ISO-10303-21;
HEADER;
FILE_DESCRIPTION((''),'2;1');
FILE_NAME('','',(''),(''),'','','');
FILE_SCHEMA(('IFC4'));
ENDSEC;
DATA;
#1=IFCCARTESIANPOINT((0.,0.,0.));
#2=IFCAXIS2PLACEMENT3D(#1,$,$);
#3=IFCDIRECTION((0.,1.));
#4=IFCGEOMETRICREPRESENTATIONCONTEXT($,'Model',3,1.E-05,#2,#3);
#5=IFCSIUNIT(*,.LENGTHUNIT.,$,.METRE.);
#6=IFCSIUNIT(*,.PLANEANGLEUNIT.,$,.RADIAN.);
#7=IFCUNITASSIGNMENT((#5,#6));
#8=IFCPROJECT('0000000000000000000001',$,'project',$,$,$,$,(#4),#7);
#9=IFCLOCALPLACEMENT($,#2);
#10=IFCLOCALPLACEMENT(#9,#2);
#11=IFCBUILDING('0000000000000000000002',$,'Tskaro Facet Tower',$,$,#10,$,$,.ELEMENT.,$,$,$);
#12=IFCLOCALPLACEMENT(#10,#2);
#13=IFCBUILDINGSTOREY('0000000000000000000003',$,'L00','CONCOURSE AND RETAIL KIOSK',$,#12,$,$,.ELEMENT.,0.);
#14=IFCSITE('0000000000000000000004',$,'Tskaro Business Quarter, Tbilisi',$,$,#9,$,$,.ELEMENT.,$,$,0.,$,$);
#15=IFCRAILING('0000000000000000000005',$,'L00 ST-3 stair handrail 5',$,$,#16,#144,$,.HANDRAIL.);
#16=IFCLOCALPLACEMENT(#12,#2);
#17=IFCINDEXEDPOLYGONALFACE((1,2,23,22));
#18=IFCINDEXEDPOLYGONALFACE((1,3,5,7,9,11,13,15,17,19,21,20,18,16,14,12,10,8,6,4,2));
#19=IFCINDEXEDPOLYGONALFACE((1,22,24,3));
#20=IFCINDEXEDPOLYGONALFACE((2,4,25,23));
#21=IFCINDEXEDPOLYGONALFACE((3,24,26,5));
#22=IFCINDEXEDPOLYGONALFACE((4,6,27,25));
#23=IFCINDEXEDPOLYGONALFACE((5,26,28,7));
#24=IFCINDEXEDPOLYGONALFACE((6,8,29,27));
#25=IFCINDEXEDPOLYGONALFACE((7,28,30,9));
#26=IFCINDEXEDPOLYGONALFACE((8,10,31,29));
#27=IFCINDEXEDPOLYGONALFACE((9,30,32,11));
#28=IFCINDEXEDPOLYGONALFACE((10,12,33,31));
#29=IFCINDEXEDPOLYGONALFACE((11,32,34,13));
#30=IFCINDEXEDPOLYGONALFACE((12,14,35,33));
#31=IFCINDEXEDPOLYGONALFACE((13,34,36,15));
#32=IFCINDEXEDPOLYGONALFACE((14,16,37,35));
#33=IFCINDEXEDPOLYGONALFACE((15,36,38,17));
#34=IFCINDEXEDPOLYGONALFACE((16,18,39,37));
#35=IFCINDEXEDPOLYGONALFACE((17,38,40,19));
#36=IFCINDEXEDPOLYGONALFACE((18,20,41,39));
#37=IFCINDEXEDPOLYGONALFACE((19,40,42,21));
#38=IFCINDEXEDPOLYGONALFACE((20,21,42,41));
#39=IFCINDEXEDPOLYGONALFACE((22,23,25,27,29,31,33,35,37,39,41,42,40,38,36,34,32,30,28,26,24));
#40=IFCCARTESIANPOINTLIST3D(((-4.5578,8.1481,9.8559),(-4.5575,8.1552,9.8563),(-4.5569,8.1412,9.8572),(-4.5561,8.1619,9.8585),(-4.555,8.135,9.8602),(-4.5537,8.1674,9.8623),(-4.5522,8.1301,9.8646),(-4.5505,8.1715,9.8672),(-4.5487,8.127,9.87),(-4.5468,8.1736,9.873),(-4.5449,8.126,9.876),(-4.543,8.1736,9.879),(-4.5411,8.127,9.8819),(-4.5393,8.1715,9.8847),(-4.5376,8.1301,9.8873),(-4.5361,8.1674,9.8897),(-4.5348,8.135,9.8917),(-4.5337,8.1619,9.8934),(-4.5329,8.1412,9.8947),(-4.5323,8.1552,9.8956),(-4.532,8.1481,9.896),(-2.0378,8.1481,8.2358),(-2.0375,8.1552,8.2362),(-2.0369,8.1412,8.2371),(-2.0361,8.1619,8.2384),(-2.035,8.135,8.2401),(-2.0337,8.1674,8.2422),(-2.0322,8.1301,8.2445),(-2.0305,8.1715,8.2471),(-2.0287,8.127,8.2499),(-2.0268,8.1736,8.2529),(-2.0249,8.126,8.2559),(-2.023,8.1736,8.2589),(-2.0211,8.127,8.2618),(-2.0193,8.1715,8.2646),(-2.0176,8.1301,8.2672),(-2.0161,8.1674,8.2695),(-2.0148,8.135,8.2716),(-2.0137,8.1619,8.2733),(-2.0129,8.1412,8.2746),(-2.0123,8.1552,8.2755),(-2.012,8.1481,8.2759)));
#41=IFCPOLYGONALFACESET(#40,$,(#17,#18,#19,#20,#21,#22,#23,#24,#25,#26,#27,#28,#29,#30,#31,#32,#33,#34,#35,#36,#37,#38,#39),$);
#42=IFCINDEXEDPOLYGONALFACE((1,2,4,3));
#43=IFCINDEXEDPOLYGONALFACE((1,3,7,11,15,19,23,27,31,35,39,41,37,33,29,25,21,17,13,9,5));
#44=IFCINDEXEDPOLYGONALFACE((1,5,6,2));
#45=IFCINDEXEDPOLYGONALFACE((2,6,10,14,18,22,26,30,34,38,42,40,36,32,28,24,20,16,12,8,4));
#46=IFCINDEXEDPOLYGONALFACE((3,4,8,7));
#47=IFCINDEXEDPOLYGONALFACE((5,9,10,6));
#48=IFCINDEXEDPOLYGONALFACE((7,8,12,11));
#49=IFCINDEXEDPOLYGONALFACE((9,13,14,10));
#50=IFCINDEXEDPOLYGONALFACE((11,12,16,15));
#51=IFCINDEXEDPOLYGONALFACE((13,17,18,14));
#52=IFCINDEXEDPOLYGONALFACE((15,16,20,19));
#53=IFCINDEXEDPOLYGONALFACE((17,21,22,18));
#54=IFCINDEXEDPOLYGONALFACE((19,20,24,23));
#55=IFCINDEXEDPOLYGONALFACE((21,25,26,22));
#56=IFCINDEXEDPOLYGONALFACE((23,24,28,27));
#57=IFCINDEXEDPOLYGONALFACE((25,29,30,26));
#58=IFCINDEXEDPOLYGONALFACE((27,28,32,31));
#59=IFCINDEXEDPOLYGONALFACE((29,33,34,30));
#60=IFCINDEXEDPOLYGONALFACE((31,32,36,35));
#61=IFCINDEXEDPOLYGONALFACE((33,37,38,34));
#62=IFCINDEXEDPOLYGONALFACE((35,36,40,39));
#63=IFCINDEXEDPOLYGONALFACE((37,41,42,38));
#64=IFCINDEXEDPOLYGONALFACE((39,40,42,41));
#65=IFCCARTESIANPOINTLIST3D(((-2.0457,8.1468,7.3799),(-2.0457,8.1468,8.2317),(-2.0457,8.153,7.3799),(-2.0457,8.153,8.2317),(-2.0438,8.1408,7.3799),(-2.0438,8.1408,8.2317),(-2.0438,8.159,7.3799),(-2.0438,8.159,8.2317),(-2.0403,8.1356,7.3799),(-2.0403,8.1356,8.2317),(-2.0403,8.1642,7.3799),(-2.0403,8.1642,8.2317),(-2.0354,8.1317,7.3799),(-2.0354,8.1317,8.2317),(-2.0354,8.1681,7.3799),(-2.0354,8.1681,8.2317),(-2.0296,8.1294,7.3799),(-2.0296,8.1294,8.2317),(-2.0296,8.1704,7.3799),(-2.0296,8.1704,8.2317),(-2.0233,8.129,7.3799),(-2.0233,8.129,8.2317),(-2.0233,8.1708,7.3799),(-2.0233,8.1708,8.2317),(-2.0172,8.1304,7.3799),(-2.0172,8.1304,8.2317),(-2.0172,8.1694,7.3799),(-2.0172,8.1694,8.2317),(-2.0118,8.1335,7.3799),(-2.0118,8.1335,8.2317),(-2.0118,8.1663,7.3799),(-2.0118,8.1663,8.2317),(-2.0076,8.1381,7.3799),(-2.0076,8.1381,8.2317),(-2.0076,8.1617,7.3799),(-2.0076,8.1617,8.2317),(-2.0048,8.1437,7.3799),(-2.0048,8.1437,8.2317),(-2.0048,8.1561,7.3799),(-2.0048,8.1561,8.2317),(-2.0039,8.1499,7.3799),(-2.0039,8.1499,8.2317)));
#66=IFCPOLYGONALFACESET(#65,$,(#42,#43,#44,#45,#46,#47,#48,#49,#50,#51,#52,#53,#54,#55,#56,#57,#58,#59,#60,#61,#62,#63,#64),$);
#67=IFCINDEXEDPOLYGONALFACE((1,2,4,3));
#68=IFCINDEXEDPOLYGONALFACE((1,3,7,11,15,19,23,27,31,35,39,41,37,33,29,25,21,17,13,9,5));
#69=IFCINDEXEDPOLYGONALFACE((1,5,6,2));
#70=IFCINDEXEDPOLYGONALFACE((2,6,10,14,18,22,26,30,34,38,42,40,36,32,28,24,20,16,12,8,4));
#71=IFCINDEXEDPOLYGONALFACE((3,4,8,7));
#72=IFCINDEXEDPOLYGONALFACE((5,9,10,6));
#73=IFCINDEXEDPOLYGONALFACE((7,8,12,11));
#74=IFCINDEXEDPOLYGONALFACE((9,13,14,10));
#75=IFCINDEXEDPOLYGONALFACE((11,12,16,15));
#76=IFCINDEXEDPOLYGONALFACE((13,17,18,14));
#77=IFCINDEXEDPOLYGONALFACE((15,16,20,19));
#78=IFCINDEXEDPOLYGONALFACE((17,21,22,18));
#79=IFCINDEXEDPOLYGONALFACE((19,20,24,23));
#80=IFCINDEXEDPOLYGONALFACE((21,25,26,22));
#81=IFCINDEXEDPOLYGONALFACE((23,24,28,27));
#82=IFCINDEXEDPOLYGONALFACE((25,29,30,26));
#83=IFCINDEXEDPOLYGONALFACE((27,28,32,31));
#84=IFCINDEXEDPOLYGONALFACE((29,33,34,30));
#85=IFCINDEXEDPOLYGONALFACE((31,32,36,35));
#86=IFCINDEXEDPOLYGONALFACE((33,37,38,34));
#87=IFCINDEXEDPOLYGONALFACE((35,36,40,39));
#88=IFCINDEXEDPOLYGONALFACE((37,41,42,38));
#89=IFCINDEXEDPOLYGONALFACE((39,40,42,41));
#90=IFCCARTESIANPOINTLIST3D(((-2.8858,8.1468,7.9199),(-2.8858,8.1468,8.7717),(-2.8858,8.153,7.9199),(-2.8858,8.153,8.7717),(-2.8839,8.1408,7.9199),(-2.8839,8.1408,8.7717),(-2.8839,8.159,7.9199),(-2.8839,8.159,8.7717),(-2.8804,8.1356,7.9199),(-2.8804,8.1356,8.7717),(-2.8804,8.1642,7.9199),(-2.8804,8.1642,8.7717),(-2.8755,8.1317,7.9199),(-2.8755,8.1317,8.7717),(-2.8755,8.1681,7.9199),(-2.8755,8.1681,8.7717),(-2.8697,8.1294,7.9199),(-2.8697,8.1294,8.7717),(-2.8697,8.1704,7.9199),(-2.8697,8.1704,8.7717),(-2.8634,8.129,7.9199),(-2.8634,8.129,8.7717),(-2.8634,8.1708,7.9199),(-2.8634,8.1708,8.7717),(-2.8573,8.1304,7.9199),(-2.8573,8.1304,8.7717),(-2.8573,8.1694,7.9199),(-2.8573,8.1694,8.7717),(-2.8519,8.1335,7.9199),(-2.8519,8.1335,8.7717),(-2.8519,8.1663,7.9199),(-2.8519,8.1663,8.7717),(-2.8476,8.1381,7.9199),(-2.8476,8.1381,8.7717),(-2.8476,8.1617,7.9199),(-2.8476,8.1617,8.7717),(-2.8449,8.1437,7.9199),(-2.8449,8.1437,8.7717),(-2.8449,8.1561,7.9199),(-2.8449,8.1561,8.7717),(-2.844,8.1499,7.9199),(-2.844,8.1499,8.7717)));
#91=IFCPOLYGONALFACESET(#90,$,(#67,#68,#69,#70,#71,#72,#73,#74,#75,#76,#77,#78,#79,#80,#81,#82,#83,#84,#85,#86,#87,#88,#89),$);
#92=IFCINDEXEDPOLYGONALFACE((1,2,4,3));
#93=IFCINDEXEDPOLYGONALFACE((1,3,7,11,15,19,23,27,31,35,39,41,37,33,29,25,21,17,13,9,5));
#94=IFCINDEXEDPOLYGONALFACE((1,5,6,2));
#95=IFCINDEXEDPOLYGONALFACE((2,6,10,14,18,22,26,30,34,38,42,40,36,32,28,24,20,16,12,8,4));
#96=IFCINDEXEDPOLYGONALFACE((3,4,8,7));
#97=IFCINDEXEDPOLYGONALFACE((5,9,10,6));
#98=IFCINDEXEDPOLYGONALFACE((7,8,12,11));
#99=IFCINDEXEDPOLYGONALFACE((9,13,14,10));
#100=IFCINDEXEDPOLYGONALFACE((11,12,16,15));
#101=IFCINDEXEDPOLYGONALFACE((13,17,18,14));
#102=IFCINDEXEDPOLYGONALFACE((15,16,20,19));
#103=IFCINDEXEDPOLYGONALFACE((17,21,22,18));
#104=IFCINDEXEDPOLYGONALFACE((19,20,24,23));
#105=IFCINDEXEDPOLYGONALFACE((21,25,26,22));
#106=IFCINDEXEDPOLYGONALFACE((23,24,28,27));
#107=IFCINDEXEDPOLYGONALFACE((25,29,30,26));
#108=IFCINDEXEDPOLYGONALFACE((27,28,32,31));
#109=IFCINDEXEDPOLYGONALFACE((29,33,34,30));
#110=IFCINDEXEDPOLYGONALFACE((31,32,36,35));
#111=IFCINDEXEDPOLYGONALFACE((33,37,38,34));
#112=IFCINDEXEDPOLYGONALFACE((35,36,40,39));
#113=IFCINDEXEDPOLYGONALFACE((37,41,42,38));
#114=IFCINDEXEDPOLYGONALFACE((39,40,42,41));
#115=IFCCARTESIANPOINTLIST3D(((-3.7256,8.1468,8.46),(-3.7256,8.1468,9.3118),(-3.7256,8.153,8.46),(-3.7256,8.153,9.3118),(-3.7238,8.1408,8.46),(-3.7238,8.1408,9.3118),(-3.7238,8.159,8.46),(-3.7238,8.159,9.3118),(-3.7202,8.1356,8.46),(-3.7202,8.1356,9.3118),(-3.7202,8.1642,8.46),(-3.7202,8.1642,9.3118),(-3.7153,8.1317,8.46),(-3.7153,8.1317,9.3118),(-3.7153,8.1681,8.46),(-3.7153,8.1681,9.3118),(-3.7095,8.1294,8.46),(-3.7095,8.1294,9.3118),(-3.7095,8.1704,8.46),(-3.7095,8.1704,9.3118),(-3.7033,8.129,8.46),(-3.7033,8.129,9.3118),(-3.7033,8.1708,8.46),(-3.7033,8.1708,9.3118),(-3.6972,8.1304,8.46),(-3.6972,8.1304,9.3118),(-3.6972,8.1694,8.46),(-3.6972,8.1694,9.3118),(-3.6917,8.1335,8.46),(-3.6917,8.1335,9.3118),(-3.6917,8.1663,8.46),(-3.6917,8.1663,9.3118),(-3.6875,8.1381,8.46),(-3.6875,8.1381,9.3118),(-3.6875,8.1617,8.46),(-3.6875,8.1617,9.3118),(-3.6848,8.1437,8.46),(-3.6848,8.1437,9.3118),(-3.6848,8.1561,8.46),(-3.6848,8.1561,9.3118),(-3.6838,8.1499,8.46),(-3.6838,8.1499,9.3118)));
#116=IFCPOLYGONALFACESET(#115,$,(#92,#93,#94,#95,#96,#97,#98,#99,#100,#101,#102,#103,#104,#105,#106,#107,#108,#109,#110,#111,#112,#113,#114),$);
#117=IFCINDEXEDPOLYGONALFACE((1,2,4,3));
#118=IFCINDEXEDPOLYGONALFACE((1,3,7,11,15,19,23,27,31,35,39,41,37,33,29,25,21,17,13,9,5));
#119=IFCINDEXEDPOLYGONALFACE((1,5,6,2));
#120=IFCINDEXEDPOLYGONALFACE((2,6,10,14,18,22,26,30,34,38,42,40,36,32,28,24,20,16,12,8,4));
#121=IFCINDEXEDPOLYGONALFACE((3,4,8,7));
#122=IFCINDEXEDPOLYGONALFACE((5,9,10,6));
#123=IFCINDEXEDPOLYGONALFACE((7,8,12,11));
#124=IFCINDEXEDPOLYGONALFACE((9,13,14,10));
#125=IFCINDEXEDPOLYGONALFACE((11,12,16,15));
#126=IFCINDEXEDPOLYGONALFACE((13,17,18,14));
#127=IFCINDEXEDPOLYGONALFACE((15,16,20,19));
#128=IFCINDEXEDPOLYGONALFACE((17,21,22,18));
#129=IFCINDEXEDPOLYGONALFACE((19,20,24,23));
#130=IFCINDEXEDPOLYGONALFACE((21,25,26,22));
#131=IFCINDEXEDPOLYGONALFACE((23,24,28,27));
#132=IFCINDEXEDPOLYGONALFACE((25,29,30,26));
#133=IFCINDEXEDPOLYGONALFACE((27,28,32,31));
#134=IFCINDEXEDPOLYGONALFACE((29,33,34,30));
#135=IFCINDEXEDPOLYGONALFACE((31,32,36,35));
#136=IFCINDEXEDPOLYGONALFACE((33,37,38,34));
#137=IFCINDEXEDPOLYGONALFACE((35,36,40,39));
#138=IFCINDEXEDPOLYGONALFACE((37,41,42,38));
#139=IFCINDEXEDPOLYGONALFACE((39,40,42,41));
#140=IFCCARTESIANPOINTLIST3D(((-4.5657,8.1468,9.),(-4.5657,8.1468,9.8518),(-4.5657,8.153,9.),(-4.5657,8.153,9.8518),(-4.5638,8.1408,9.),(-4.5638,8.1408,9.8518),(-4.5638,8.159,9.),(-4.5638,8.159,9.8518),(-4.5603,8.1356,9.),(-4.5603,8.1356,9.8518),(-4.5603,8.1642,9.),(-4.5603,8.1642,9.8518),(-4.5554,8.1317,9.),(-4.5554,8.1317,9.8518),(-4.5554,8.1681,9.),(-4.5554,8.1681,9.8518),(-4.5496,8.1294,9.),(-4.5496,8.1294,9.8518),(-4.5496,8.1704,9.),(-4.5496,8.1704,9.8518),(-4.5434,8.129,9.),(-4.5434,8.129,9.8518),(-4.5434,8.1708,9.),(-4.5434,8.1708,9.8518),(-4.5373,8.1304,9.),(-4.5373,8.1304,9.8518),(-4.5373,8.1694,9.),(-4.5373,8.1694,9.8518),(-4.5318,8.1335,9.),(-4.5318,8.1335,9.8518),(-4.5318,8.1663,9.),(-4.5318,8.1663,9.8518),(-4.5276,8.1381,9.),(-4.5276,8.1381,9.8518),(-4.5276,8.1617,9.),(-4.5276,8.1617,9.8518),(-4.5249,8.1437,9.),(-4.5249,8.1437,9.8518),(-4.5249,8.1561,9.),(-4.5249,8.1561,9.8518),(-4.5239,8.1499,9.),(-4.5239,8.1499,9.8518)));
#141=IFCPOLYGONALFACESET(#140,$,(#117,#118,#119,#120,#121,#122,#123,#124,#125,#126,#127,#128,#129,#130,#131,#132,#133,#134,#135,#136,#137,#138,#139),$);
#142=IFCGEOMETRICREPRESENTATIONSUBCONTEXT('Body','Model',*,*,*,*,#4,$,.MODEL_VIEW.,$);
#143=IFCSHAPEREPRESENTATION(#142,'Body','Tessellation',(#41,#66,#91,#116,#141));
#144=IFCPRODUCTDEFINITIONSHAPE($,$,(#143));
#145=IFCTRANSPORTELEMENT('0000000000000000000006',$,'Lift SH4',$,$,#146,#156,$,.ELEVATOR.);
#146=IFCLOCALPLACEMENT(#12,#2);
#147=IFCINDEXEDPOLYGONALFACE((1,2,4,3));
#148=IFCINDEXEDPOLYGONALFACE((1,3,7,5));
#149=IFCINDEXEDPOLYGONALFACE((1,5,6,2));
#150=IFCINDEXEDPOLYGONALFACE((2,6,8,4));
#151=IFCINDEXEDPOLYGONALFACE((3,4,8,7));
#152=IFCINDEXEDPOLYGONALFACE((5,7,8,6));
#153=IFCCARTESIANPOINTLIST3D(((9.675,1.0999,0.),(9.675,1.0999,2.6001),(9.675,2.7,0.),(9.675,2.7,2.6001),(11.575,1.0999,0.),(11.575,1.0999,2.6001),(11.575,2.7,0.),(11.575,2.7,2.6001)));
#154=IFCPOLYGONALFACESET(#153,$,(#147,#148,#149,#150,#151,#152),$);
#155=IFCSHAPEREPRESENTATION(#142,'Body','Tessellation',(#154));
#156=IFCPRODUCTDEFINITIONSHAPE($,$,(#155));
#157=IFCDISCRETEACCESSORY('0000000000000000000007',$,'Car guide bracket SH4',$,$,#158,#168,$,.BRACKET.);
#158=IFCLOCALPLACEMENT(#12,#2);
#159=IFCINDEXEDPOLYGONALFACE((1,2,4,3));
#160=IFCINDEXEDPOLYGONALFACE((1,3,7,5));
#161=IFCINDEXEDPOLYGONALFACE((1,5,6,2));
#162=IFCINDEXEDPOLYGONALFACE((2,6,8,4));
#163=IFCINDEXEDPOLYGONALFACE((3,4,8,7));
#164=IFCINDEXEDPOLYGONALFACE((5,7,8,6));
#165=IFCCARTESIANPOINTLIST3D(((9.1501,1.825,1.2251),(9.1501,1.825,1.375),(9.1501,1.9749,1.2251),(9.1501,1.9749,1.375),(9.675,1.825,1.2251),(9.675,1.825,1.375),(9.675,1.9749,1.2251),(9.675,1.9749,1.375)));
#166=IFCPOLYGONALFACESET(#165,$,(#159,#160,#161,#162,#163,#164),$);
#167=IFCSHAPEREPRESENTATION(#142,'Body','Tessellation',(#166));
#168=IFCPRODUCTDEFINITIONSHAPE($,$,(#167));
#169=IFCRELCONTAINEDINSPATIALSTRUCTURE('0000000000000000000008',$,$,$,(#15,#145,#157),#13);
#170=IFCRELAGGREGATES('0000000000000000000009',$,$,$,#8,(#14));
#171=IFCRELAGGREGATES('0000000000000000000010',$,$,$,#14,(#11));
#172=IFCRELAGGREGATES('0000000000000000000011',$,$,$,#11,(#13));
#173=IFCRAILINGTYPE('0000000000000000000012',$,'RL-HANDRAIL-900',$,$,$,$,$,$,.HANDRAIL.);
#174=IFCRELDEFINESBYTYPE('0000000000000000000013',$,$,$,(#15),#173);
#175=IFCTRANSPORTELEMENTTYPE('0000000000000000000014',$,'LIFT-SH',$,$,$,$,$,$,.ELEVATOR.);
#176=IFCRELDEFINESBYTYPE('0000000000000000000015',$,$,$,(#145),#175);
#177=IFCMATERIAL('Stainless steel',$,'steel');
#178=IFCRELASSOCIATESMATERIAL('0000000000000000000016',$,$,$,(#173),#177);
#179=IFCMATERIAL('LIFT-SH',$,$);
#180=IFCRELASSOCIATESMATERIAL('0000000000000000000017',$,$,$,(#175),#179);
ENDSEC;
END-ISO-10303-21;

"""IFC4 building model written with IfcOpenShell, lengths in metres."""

from ifc_helpers import new_model, si_unit, direction, frame, origin, origin_2d, place, context, subcontext, project, spatial, rectangle, circle, extrude, material, type_object, element, save


model = new_model("IFC4")

# Units and contexts
model_context = context("Model", 3, precision=1e-05, world=origin(), true_north=direction((0.0, 1.0)))
body_context = subcontext(model_context, "Body", "Model", "MODEL_VIEW")
ifc_project = project(units=[si_unit("LENGTHUNIT", "METRE"), si_unit("PLANEANGLEUNIT", "RADIAN")], contexts=[model_context])

# Site, building, storey
site_placement = place(None, origin())
site = spatial("IfcSite", under=ifc_project, at=site_placement, Name="Tskaro Business Quarter, Tbilisi", CompositionType="ELEMENT", RefElevation=0.0)
building_placement = place(site_placement, origin())
building = spatial("IfcBuilding", under=site, at=building_placement, Name="Tskaro Facet Tower", CompositionType="ELEMENT")
storey_placement = place(building_placement, origin())
storey = spatial("IfcBuildingStorey", under=building, at=storey_placement, Name="L00", Description="CONCOURSE AND RETAIL KIOSK", CompositionType="ELEMENT", Elevation=0.0)

# Shared definitions
ifc_material_1 = material(Name="Stainless steel", Category="steel")

# Railing
railing_type_1 = type_object("IfcRailingType", Name="RL-HANDRAIL-900", PredefinedType="HANDRAIL", material=ifc_material_1)
railing_placement = place(storey_placement, frame((-2.0249, 8.1499, 7.3799)))
element("IfcRailing", 1, at=railing_placement, inside=storey, type_object=railing_type_1, Name="L00 ST-3 stair handrail 5", PredefinedType="HANDRAIL", context=body_context, shape_type="SweptSolid", body=[
    extrude(circle(Radius=0.0239, at=origin_2d()), frame((0.0, 0.0, 0.876), z_axis=(-0.841163, 0.0, 0.540782), x_axis=(0.0, -1.0, 0.0)), (0.0, 0.0, 1.0), 2.9958),
    extrude(circle(Radius=0.021, at=origin_2d()), origin(), (0.0, 0.0, 1.0), 0.8518),
    extrude(circle(Radius=0.021, at=origin_2d()), frame((-0.8401, 0.0, 0.54)), (0.0, 0.0, 1.0), 0.8518),
    extrude(circle(Radius=0.021, at=origin_2d()), frame((-1.6799, 0.0, 1.0801)), (0.0, 0.0, 1.0), 0.8518),
    extrude(circle(Radius=0.021, at=origin_2d()), frame((-2.52, 0.0, 1.6201)), (0.0, 0.0, 1.0), 0.8518),
])

# Transport element
ifc_material_2 = material(Name="LIFT-SH")
transport_element_type = type_object("IfcTransportElementType", Name="LIFT-SH", PredefinedType="ELEVATOR", material=ifc_material_2)
transport_element_placement = place(storey_placement, frame((10.625, 1.8999, 0.0), z_axis=(0.0, 0.0, 1.0), x_axis=(1.0, 0.0, 0.0)))
element("IfcTransportElement", 2, at=transport_element_placement, inside=storey, type_object=transport_element_type, Name="Lift SH4", PredefinedType="ELEVATOR", context=body_context, shape_type="SweptSolid", body=[
    extrude(rectangle(XDim=1.8999, YDim=1.6001, at=origin_2d()), origin(), (0.0, 0.0, 1.0), 2.6001),
])

# Discrete accessory
discrete_accessory_placement = place(storey_placement, frame((9.4126, 1.8999, 1.2251), z_axis=(0.0, 0.0, 1.0), x_axis=(1.0, 0.0, 0.0)))
element("IfcDiscreteAccessory", 3, at=discrete_accessory_placement, inside=storey, Name="Car guide bracket SH4", PredefinedType="BRACKET", context=body_context, shape_type="SweptSolid", body=[
    extrude(rectangle(XDim=0.5249, YDim=0.1499, at=origin_2d()), origin(), (0.0, 0.0, 1.0), 0.1499),
])

save(model, "model.ifc")
